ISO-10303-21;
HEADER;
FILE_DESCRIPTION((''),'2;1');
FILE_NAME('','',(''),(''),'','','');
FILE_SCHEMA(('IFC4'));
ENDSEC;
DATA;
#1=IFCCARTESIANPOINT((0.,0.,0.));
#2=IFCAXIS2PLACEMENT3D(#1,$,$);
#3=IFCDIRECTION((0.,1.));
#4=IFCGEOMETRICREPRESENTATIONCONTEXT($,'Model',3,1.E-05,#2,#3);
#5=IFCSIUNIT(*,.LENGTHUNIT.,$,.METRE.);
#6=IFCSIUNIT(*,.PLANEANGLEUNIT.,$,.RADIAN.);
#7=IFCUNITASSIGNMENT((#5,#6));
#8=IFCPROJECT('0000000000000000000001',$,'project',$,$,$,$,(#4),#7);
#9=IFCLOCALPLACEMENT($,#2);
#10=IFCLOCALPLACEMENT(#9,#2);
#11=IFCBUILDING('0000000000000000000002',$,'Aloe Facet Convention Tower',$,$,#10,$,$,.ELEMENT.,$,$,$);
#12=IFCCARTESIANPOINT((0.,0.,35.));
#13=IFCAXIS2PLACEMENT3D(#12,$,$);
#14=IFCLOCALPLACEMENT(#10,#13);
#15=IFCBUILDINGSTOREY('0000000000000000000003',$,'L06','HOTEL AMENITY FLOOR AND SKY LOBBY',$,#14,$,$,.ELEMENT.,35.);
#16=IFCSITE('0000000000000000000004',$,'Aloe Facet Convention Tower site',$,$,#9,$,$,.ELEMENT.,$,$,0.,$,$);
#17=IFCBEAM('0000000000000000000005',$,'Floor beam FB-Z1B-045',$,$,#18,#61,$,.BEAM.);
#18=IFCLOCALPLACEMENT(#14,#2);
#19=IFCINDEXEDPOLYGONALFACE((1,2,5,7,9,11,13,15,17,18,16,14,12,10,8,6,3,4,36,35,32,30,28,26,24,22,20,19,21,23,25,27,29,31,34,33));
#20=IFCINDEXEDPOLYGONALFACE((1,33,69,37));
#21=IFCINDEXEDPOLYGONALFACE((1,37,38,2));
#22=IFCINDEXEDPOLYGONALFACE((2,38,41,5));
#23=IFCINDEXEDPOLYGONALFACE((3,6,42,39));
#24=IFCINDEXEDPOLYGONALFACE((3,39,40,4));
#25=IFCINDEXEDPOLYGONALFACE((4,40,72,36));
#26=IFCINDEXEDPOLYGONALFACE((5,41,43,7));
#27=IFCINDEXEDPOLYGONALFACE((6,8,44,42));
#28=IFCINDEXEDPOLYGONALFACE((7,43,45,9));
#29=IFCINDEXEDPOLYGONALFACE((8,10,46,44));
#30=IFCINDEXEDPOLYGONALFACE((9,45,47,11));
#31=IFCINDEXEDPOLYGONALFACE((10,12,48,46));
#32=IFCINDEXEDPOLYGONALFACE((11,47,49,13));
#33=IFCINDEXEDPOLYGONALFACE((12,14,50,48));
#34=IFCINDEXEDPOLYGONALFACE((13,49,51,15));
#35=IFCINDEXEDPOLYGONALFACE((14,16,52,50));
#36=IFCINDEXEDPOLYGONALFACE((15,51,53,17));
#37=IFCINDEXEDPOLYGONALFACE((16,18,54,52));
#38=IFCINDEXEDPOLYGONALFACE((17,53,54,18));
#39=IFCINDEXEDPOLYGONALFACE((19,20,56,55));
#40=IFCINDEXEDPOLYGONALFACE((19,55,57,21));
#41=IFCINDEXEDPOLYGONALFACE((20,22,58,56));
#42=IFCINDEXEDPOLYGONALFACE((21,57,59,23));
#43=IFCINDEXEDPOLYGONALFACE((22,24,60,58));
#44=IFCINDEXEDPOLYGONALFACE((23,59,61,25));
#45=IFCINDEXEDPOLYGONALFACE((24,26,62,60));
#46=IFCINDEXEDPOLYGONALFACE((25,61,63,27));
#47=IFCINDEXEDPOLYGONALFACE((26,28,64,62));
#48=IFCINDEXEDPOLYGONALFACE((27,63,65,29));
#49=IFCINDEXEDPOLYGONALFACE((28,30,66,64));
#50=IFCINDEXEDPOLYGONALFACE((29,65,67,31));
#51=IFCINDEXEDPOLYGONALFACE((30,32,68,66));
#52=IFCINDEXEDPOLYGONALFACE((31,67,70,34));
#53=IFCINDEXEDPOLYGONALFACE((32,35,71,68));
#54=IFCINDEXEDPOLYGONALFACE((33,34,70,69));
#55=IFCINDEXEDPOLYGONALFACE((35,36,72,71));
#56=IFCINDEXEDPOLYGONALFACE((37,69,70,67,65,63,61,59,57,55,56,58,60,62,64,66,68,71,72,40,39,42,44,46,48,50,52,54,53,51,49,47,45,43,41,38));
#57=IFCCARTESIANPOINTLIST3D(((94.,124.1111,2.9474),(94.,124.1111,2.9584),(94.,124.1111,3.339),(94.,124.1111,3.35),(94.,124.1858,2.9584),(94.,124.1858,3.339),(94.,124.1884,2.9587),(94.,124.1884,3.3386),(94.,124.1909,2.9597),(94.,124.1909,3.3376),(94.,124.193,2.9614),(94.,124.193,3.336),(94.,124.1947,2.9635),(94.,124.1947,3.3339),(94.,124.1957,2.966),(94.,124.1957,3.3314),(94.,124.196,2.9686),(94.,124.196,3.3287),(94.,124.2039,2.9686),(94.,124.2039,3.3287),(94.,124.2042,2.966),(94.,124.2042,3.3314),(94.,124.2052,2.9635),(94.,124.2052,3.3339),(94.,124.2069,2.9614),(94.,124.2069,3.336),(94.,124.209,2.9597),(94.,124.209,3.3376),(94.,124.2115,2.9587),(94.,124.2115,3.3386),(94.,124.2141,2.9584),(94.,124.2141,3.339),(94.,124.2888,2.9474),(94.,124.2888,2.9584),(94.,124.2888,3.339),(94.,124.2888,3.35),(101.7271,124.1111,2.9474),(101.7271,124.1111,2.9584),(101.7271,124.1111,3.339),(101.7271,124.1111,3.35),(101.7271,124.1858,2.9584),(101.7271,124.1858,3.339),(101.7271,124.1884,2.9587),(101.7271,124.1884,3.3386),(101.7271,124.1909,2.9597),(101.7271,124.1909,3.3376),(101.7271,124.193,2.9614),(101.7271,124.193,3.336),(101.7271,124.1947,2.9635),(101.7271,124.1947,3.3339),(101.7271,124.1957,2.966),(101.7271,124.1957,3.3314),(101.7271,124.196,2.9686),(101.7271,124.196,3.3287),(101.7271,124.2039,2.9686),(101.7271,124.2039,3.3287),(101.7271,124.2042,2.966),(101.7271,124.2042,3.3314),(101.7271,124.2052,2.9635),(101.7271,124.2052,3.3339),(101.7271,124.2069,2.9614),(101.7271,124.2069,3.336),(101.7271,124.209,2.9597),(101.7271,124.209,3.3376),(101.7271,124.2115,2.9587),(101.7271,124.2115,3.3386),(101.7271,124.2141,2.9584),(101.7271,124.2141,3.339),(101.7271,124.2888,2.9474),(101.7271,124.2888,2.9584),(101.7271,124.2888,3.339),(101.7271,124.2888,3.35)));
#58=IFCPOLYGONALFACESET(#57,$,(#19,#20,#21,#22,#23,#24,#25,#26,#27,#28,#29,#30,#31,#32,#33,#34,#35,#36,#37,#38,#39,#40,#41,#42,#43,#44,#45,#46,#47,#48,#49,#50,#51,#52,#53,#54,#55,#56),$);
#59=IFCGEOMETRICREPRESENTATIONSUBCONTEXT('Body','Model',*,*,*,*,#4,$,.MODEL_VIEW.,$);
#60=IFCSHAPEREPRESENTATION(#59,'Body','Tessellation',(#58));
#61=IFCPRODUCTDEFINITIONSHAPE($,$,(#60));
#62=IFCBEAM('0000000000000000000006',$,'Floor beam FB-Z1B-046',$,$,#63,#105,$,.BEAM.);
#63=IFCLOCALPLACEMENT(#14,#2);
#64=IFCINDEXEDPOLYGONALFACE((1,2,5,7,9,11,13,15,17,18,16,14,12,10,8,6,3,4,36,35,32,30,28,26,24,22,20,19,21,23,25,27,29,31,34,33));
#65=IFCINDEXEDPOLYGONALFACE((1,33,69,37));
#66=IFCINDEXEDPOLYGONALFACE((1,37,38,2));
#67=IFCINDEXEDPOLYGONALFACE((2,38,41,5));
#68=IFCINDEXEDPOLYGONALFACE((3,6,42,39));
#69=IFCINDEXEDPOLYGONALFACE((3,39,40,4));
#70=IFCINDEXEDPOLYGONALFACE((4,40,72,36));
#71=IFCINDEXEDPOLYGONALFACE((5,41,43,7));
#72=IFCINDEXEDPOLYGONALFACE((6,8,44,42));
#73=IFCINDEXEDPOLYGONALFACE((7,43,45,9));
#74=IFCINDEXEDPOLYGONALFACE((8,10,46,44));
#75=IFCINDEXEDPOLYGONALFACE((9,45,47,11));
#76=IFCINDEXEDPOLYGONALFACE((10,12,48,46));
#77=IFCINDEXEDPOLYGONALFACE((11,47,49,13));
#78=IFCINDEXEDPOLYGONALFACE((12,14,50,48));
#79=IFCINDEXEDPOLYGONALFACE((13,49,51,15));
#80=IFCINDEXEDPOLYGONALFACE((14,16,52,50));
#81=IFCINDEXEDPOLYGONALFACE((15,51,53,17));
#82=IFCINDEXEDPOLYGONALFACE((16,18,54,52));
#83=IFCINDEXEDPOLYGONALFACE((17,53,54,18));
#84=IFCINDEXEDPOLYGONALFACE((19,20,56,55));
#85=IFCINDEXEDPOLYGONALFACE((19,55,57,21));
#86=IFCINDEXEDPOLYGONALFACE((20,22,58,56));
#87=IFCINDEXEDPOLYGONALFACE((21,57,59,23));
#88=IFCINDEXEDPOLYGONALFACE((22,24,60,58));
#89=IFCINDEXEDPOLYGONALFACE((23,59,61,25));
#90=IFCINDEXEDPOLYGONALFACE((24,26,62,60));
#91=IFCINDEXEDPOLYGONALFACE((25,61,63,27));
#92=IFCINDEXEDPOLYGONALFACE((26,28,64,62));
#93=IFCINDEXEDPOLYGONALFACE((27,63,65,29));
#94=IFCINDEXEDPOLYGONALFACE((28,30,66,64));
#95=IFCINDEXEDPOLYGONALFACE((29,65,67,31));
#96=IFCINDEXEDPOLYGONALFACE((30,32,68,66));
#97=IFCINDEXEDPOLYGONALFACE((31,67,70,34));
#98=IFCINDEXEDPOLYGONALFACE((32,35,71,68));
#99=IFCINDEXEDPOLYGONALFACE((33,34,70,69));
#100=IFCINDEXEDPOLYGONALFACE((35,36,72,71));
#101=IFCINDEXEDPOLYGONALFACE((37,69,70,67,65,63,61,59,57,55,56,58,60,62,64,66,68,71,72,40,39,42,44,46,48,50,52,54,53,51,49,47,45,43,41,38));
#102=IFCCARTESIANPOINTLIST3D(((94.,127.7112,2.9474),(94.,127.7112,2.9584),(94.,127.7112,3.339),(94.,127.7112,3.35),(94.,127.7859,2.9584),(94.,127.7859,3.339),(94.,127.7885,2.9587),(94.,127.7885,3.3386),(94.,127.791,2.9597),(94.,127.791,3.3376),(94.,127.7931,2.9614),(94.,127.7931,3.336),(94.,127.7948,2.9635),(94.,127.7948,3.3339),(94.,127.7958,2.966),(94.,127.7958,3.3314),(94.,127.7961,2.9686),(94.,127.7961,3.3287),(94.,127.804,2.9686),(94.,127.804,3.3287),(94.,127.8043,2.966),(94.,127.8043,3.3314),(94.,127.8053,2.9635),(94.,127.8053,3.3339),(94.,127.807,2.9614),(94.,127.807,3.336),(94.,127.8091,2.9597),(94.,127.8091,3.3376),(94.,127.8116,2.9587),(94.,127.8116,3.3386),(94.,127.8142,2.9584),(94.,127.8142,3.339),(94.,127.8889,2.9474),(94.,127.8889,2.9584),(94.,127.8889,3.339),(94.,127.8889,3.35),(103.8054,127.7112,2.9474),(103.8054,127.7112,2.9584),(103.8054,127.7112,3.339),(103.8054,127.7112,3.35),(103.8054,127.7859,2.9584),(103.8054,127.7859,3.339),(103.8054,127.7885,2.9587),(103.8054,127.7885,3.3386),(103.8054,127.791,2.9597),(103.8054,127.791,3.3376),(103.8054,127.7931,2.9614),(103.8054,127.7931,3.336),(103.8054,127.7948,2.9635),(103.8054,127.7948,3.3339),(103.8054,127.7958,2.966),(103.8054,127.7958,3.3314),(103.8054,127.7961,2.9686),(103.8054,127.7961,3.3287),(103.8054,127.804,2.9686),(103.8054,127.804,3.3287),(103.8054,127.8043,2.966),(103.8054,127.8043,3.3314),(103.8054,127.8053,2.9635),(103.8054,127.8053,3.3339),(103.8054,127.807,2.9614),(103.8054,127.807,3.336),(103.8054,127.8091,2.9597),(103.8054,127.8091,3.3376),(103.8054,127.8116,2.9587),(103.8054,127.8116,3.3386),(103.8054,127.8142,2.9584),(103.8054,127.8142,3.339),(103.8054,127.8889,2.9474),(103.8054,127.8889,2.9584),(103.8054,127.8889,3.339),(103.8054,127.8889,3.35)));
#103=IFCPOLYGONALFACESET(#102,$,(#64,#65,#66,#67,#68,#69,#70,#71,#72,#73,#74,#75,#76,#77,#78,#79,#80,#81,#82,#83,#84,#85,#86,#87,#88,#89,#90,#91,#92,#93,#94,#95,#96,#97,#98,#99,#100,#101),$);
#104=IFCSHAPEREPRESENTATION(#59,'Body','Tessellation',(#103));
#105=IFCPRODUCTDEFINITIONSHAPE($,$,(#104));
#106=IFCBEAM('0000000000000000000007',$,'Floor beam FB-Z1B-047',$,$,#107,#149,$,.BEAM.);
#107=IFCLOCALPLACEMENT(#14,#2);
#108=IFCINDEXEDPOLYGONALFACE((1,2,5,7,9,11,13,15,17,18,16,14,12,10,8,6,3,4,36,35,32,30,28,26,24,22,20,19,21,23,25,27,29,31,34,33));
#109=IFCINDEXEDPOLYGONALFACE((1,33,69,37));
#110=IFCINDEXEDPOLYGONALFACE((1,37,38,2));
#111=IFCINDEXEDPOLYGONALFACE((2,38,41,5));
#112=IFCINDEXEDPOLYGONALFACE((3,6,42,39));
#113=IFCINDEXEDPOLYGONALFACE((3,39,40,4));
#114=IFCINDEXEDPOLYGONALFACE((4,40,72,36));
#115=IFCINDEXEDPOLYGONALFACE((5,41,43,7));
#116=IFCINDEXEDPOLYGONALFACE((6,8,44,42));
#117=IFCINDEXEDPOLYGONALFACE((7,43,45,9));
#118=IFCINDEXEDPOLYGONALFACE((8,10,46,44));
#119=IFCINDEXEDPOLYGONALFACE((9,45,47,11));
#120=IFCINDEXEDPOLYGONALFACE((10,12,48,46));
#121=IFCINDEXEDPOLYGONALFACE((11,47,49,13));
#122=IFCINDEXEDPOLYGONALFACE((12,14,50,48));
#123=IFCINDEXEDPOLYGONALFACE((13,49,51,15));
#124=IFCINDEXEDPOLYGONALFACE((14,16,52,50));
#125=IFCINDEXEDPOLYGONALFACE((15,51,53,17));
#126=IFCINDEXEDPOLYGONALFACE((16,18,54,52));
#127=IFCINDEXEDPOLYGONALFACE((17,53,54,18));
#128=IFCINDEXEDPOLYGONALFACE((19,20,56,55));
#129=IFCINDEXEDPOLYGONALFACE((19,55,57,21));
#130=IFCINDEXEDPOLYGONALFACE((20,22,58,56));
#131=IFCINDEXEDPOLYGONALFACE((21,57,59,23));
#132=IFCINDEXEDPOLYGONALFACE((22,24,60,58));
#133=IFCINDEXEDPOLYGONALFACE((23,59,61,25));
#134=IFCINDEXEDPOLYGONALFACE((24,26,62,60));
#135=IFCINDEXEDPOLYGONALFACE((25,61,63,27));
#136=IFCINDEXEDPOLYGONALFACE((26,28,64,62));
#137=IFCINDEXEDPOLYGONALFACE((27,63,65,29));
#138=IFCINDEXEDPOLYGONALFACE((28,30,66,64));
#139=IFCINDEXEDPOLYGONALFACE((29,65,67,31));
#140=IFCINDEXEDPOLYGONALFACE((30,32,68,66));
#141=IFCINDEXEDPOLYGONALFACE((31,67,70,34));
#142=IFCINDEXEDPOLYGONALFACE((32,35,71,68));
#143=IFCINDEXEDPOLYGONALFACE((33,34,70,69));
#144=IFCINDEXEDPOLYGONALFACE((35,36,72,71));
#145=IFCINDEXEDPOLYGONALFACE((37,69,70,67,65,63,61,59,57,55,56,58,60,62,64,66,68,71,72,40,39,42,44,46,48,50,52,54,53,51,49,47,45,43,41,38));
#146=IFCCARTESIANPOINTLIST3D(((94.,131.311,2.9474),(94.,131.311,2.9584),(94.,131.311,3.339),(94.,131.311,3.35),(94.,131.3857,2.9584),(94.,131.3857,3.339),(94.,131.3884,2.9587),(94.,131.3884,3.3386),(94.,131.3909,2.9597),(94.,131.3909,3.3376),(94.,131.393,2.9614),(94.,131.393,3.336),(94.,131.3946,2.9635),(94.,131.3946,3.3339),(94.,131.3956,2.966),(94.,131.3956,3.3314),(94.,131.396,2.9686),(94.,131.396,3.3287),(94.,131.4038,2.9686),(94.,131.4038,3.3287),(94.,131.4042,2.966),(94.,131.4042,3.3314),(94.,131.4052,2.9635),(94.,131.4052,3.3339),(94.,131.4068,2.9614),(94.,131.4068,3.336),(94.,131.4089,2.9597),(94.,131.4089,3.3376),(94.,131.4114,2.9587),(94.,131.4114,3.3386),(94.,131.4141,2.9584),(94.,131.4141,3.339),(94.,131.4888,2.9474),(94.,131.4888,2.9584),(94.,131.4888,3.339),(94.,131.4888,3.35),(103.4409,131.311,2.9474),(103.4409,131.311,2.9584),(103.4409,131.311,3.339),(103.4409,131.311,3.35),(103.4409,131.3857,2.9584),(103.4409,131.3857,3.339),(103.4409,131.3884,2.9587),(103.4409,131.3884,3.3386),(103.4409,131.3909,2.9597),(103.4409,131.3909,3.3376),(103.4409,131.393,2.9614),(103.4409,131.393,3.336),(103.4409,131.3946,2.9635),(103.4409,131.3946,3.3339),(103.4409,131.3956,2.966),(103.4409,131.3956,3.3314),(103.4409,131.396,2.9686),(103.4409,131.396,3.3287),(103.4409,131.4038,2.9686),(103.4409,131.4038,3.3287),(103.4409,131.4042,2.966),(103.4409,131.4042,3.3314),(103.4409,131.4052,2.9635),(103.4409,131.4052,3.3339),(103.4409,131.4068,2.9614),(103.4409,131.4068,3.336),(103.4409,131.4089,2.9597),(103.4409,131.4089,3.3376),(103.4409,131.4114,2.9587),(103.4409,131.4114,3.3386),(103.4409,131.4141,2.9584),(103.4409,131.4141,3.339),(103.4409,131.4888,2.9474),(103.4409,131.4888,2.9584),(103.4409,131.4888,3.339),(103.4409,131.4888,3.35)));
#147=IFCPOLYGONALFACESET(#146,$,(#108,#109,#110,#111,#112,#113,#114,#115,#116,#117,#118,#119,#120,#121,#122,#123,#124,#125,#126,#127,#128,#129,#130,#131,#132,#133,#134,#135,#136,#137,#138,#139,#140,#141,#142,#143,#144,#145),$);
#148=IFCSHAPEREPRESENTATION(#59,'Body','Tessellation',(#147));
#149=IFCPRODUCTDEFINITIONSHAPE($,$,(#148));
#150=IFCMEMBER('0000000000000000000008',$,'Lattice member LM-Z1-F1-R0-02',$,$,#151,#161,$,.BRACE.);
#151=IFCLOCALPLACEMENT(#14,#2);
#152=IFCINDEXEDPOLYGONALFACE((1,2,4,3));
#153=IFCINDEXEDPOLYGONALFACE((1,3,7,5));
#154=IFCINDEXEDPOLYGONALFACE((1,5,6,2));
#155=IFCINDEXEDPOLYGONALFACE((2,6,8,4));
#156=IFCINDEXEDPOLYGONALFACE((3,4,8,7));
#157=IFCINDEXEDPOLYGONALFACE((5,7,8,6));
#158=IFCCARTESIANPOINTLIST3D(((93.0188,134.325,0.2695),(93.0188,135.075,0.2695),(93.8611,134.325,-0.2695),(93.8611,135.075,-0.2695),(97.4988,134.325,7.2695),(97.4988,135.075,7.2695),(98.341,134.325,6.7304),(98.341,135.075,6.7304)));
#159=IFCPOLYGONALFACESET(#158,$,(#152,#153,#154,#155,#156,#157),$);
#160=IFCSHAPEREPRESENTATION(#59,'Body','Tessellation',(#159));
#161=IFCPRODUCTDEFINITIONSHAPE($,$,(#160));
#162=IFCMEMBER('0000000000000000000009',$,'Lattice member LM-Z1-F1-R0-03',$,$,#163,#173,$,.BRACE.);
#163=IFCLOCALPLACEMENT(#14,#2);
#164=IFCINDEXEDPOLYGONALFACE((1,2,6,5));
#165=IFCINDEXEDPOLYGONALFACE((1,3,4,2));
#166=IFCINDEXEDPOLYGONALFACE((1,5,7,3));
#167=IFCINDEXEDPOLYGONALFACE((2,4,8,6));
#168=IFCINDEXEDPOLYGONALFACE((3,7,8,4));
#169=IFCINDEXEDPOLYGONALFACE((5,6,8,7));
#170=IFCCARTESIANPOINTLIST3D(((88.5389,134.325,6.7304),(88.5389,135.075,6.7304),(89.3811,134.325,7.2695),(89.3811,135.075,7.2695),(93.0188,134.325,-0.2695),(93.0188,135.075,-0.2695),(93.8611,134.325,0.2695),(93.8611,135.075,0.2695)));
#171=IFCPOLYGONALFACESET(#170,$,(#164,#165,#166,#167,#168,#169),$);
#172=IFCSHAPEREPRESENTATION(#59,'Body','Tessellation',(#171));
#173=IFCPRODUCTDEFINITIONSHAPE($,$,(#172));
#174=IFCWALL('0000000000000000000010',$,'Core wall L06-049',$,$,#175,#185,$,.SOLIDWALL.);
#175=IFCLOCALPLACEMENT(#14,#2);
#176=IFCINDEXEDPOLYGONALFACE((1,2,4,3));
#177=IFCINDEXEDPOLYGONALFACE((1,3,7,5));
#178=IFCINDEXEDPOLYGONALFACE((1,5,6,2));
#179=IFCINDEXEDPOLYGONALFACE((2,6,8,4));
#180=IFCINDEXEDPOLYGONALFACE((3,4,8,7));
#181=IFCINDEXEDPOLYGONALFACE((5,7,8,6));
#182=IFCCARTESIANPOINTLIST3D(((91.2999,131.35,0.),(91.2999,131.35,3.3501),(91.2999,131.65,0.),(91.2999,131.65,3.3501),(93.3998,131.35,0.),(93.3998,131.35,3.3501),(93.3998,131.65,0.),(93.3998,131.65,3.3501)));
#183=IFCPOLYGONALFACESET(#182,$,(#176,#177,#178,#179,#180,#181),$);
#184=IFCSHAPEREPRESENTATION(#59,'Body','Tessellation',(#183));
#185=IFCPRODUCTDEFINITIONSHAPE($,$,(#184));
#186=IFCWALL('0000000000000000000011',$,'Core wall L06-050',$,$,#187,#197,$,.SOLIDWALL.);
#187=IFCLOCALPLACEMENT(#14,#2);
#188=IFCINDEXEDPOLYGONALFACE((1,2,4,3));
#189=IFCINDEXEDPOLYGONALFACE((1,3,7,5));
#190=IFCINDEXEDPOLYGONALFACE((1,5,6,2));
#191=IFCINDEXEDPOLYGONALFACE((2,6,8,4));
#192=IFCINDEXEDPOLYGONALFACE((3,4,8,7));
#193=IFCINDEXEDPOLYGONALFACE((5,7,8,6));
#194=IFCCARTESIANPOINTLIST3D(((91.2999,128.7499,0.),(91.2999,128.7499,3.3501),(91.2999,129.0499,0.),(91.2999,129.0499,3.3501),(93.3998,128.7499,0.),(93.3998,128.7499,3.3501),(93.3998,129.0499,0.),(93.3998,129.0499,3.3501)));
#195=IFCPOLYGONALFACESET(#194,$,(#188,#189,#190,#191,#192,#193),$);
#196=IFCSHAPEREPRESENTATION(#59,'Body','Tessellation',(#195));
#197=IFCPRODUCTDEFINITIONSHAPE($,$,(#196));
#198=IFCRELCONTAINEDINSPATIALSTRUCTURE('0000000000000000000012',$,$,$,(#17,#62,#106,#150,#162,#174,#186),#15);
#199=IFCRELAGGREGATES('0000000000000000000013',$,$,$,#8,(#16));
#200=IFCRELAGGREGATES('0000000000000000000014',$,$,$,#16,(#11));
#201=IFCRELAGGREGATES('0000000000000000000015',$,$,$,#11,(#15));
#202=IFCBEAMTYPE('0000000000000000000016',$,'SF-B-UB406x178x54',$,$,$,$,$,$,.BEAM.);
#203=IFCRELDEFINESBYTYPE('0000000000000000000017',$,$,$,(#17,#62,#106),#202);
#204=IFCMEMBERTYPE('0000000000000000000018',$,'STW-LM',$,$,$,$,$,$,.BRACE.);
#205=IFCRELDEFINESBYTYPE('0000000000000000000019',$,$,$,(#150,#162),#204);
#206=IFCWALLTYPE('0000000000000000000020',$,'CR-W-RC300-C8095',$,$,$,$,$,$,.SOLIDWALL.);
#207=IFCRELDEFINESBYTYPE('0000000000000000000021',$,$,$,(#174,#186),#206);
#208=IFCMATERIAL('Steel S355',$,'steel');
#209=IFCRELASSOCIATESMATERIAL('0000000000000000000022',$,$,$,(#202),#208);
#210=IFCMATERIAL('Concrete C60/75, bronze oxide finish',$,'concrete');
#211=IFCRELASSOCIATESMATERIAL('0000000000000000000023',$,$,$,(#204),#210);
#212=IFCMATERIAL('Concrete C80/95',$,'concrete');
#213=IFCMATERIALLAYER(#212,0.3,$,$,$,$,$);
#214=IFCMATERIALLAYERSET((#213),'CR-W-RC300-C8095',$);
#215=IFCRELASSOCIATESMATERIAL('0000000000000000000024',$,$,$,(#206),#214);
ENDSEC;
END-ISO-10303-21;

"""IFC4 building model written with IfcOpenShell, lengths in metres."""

from ifc_helpers import new_model, si_unit, direction, frame, frame_2d, origin, origin_2d, place, context, subcontext, project, spatial, rectangle, i_section, extrude, material, layer, layer_set, material_profile, profile_set, type_object, element, save


model = new_model("IFC4")

# Units and contexts
model_context = context("Model", 3, precision=1e-05, world=origin(), true_north=direction((0.0, 1.0)))
body_context = subcontext(model_context, "Body", "Model", "MODEL_VIEW")
ifc_project = project(units=[si_unit("LENGTHUNIT", "METRE"), si_unit("PLANEANGLEUNIT", "RADIAN")], contexts=[model_context])

# Site, building, storey
site_placement = place(None, origin())
site = spatial("IfcSite", under=ifc_project, at=site_placement, Name="Aloe Facet Convention Tower site", CompositionType="ELEMENT", RefElevation=0.0)
building_placement = place(site_placement, origin())
building = spatial("IfcBuilding", under=site, at=building_placement, Name="Aloe Facet Convention Tower", CompositionType="ELEMENT")
storey_placement = place(building_placement, frame((0.0, 0.0, 35.0)))
storey = spatial("IfcBuildingStorey", under=building, at=storey_placement, Name="L06", Description="HOTEL AMENITY FLOOR AND SKY LOBBY", CompositionType="ELEMENT", Elevation=35.0)

# Beams
ifc_material_1 = material(Name="Steel S355", Category="steel")
ifc_material_profile_1 = material_profile(ifc_material_1, i_section(OverallWidth=0.1777, OverallDepth=0.4026, WebThickness=0.0078, FlangeThickness=0.011, FilletRadius=0.0103, at=origin_2d()), Name="UB 406x178x54")
ifc_profile_set_1 = profile_set([ifc_material_profile_1], Name="Steel S355")
beam_type = type_object("IfcBeamType", Name="SF-B-UB406x178x54", PredefinedType="BEAM", material=ifc_profile_set_1)
beam_1_placement = place(storey_placement, frame((94.0, 124.2, 3.1487), z_axis=(1.0, 0.0, 0.0), x_axis=(0.0, 1.0, 0.0)))
element("IfcBeam", 1, at=beam_1_placement, inside=storey, type_object=beam_type, Name="Floor beam FB-Z1B-045", PredefinedType="BEAM", context=body_context, shape_type="SweptSolid", body=[
    extrude(i_section(OverallWidth=0.1777, OverallDepth=0.4026, WebThickness=0.0078, FlangeThickness=0.011, FilletRadius=0.0103, at=origin_2d()), origin(), (0.0, 0.0, 1.0), 7.7271),
])
beam_2_placement = place(storey_placement, frame((94.0, 127.8, 3.1487), z_axis=(1.0, 0.0, 0.0), x_axis=(0.0, 1.0, 0.0)))
element("IfcBeam", 2, at=beam_2_placement, inside=storey, type_object=beam_type, Name="Floor beam FB-Z1B-046", PredefinedType="BEAM", context=body_context, shape_type="SweptSolid", body=[
    extrude(i_section(OverallWidth=0.1777, OverallDepth=0.4026, WebThickness=0.0078, FlangeThickness=0.011, FilletRadius=0.0103, at=origin_2d()), origin(), (0.0, 0.0, 1.0), 9.8054),
])
beam_3_placement = place(storey_placement, frame((94.0, 131.3999, 3.1487), z_axis=(1.0, 0.0, 0.0), x_axis=(0.0, 1.0, 0.0)))
element("IfcBeam", 3, at=beam_3_placement, inside=storey, type_object=beam_type, Name="Floor beam FB-Z1B-047", PredefinedType="BEAM", context=body_context, shape_type="SweptSolid", body=[
    extrude(i_section(OverallWidth=0.1777, OverallDepth=0.4026, WebThickness=0.0078, FlangeThickness=0.011, FilletRadius=0.0103, at=origin_2d()), origin(), (0.0, 0.0, 1.0), 9.4409),
])

# Members
ifc_material_2 = material(Name="Concrete C60/75, bronze oxide finish", Category="concrete")
ifc_material_profile_2 = material_profile(ifc_material_2, rectangle(XDim=0.75, YDim=1.0, at=origin_2d()), Name="STW-LM")
ifc_profile_set_2 = profile_set([ifc_material_profile_2], Name="Concrete C60/75, bronze oxide finish")
member_type = type_object("IfcMemberType", Name="STW-LM", PredefinedType="BRACE", material=ifc_profile_set_2)
for number, where, z_axis, x_axis, name in (
    (4, (93.4399, 134.7, 0.0), (0.539052, 0.0, 0.842272), (0.0, 1.0, 0.0), "Lattice member LM-Z1-F1-R0-02"),
    (5, (93.4399, 134.7, 0.0), (-0.539052, 0.0, 0.842272), (0.0, -1.0, 0.0), "Lattice member LM-Z1-F1-R0-03"),
):
    element("IfcMember", number, at=place(storey_placement, frame(where, z_axis=z_axis, x_axis=x_axis)), inside=storey, type_object=member_type, Name=name, PredefinedType="BRACE", context=body_context, shape_type="SweptSolid", body=[
        extrude(rectangle(XDim=0.75, YDim=1.0, at=origin_2d()), origin(), (0.0, 0.0, 1.0), 8.3108),
    ])

# Walls
ifc_material_3 = material(Name="Concrete C80/95", Category="concrete")
ifc_layer_1 = layer(ifc_material_3, 0.3)
ifc_layer_set_1 = layer_set([ifc_layer_1], Name="CR-W-RC300-C8095")
wall_type_1 = type_object("IfcWallType", Name="CR-W-RC300-C8095", PredefinedType="SOLIDWALL", material=ifc_layer_set_1)
for number, where, z_axis, x_axis, name in (
    (6, (91.3, 131.5, 0.0), (0.0, 0.0, 1.0), (1.0, 0.0, 0.0), "Core wall L06-049"),
    (7, (91.3, 128.8999, 0.0), (0.0, 0.0, 1.0), (1.0, 0.0, 0.0), "Core wall L06-050"),
):
    element("IfcWall", number, at=place(storey_placement, frame(where, z_axis=z_axis, x_axis=x_axis)), inside=storey, type_object=wall_type_1, Name=name, PredefinedType="SOLIDWALL", context=body_context, shape_type="SweptSolid", body=[
        extrude(rectangle(XDim=2.0999, YDim=0.3, at=frame_2d((1.0498, 0.0))), origin(), (0.0, 0.0, 1.0), 3.3501),
    ])

save(model, "model.ifc")
